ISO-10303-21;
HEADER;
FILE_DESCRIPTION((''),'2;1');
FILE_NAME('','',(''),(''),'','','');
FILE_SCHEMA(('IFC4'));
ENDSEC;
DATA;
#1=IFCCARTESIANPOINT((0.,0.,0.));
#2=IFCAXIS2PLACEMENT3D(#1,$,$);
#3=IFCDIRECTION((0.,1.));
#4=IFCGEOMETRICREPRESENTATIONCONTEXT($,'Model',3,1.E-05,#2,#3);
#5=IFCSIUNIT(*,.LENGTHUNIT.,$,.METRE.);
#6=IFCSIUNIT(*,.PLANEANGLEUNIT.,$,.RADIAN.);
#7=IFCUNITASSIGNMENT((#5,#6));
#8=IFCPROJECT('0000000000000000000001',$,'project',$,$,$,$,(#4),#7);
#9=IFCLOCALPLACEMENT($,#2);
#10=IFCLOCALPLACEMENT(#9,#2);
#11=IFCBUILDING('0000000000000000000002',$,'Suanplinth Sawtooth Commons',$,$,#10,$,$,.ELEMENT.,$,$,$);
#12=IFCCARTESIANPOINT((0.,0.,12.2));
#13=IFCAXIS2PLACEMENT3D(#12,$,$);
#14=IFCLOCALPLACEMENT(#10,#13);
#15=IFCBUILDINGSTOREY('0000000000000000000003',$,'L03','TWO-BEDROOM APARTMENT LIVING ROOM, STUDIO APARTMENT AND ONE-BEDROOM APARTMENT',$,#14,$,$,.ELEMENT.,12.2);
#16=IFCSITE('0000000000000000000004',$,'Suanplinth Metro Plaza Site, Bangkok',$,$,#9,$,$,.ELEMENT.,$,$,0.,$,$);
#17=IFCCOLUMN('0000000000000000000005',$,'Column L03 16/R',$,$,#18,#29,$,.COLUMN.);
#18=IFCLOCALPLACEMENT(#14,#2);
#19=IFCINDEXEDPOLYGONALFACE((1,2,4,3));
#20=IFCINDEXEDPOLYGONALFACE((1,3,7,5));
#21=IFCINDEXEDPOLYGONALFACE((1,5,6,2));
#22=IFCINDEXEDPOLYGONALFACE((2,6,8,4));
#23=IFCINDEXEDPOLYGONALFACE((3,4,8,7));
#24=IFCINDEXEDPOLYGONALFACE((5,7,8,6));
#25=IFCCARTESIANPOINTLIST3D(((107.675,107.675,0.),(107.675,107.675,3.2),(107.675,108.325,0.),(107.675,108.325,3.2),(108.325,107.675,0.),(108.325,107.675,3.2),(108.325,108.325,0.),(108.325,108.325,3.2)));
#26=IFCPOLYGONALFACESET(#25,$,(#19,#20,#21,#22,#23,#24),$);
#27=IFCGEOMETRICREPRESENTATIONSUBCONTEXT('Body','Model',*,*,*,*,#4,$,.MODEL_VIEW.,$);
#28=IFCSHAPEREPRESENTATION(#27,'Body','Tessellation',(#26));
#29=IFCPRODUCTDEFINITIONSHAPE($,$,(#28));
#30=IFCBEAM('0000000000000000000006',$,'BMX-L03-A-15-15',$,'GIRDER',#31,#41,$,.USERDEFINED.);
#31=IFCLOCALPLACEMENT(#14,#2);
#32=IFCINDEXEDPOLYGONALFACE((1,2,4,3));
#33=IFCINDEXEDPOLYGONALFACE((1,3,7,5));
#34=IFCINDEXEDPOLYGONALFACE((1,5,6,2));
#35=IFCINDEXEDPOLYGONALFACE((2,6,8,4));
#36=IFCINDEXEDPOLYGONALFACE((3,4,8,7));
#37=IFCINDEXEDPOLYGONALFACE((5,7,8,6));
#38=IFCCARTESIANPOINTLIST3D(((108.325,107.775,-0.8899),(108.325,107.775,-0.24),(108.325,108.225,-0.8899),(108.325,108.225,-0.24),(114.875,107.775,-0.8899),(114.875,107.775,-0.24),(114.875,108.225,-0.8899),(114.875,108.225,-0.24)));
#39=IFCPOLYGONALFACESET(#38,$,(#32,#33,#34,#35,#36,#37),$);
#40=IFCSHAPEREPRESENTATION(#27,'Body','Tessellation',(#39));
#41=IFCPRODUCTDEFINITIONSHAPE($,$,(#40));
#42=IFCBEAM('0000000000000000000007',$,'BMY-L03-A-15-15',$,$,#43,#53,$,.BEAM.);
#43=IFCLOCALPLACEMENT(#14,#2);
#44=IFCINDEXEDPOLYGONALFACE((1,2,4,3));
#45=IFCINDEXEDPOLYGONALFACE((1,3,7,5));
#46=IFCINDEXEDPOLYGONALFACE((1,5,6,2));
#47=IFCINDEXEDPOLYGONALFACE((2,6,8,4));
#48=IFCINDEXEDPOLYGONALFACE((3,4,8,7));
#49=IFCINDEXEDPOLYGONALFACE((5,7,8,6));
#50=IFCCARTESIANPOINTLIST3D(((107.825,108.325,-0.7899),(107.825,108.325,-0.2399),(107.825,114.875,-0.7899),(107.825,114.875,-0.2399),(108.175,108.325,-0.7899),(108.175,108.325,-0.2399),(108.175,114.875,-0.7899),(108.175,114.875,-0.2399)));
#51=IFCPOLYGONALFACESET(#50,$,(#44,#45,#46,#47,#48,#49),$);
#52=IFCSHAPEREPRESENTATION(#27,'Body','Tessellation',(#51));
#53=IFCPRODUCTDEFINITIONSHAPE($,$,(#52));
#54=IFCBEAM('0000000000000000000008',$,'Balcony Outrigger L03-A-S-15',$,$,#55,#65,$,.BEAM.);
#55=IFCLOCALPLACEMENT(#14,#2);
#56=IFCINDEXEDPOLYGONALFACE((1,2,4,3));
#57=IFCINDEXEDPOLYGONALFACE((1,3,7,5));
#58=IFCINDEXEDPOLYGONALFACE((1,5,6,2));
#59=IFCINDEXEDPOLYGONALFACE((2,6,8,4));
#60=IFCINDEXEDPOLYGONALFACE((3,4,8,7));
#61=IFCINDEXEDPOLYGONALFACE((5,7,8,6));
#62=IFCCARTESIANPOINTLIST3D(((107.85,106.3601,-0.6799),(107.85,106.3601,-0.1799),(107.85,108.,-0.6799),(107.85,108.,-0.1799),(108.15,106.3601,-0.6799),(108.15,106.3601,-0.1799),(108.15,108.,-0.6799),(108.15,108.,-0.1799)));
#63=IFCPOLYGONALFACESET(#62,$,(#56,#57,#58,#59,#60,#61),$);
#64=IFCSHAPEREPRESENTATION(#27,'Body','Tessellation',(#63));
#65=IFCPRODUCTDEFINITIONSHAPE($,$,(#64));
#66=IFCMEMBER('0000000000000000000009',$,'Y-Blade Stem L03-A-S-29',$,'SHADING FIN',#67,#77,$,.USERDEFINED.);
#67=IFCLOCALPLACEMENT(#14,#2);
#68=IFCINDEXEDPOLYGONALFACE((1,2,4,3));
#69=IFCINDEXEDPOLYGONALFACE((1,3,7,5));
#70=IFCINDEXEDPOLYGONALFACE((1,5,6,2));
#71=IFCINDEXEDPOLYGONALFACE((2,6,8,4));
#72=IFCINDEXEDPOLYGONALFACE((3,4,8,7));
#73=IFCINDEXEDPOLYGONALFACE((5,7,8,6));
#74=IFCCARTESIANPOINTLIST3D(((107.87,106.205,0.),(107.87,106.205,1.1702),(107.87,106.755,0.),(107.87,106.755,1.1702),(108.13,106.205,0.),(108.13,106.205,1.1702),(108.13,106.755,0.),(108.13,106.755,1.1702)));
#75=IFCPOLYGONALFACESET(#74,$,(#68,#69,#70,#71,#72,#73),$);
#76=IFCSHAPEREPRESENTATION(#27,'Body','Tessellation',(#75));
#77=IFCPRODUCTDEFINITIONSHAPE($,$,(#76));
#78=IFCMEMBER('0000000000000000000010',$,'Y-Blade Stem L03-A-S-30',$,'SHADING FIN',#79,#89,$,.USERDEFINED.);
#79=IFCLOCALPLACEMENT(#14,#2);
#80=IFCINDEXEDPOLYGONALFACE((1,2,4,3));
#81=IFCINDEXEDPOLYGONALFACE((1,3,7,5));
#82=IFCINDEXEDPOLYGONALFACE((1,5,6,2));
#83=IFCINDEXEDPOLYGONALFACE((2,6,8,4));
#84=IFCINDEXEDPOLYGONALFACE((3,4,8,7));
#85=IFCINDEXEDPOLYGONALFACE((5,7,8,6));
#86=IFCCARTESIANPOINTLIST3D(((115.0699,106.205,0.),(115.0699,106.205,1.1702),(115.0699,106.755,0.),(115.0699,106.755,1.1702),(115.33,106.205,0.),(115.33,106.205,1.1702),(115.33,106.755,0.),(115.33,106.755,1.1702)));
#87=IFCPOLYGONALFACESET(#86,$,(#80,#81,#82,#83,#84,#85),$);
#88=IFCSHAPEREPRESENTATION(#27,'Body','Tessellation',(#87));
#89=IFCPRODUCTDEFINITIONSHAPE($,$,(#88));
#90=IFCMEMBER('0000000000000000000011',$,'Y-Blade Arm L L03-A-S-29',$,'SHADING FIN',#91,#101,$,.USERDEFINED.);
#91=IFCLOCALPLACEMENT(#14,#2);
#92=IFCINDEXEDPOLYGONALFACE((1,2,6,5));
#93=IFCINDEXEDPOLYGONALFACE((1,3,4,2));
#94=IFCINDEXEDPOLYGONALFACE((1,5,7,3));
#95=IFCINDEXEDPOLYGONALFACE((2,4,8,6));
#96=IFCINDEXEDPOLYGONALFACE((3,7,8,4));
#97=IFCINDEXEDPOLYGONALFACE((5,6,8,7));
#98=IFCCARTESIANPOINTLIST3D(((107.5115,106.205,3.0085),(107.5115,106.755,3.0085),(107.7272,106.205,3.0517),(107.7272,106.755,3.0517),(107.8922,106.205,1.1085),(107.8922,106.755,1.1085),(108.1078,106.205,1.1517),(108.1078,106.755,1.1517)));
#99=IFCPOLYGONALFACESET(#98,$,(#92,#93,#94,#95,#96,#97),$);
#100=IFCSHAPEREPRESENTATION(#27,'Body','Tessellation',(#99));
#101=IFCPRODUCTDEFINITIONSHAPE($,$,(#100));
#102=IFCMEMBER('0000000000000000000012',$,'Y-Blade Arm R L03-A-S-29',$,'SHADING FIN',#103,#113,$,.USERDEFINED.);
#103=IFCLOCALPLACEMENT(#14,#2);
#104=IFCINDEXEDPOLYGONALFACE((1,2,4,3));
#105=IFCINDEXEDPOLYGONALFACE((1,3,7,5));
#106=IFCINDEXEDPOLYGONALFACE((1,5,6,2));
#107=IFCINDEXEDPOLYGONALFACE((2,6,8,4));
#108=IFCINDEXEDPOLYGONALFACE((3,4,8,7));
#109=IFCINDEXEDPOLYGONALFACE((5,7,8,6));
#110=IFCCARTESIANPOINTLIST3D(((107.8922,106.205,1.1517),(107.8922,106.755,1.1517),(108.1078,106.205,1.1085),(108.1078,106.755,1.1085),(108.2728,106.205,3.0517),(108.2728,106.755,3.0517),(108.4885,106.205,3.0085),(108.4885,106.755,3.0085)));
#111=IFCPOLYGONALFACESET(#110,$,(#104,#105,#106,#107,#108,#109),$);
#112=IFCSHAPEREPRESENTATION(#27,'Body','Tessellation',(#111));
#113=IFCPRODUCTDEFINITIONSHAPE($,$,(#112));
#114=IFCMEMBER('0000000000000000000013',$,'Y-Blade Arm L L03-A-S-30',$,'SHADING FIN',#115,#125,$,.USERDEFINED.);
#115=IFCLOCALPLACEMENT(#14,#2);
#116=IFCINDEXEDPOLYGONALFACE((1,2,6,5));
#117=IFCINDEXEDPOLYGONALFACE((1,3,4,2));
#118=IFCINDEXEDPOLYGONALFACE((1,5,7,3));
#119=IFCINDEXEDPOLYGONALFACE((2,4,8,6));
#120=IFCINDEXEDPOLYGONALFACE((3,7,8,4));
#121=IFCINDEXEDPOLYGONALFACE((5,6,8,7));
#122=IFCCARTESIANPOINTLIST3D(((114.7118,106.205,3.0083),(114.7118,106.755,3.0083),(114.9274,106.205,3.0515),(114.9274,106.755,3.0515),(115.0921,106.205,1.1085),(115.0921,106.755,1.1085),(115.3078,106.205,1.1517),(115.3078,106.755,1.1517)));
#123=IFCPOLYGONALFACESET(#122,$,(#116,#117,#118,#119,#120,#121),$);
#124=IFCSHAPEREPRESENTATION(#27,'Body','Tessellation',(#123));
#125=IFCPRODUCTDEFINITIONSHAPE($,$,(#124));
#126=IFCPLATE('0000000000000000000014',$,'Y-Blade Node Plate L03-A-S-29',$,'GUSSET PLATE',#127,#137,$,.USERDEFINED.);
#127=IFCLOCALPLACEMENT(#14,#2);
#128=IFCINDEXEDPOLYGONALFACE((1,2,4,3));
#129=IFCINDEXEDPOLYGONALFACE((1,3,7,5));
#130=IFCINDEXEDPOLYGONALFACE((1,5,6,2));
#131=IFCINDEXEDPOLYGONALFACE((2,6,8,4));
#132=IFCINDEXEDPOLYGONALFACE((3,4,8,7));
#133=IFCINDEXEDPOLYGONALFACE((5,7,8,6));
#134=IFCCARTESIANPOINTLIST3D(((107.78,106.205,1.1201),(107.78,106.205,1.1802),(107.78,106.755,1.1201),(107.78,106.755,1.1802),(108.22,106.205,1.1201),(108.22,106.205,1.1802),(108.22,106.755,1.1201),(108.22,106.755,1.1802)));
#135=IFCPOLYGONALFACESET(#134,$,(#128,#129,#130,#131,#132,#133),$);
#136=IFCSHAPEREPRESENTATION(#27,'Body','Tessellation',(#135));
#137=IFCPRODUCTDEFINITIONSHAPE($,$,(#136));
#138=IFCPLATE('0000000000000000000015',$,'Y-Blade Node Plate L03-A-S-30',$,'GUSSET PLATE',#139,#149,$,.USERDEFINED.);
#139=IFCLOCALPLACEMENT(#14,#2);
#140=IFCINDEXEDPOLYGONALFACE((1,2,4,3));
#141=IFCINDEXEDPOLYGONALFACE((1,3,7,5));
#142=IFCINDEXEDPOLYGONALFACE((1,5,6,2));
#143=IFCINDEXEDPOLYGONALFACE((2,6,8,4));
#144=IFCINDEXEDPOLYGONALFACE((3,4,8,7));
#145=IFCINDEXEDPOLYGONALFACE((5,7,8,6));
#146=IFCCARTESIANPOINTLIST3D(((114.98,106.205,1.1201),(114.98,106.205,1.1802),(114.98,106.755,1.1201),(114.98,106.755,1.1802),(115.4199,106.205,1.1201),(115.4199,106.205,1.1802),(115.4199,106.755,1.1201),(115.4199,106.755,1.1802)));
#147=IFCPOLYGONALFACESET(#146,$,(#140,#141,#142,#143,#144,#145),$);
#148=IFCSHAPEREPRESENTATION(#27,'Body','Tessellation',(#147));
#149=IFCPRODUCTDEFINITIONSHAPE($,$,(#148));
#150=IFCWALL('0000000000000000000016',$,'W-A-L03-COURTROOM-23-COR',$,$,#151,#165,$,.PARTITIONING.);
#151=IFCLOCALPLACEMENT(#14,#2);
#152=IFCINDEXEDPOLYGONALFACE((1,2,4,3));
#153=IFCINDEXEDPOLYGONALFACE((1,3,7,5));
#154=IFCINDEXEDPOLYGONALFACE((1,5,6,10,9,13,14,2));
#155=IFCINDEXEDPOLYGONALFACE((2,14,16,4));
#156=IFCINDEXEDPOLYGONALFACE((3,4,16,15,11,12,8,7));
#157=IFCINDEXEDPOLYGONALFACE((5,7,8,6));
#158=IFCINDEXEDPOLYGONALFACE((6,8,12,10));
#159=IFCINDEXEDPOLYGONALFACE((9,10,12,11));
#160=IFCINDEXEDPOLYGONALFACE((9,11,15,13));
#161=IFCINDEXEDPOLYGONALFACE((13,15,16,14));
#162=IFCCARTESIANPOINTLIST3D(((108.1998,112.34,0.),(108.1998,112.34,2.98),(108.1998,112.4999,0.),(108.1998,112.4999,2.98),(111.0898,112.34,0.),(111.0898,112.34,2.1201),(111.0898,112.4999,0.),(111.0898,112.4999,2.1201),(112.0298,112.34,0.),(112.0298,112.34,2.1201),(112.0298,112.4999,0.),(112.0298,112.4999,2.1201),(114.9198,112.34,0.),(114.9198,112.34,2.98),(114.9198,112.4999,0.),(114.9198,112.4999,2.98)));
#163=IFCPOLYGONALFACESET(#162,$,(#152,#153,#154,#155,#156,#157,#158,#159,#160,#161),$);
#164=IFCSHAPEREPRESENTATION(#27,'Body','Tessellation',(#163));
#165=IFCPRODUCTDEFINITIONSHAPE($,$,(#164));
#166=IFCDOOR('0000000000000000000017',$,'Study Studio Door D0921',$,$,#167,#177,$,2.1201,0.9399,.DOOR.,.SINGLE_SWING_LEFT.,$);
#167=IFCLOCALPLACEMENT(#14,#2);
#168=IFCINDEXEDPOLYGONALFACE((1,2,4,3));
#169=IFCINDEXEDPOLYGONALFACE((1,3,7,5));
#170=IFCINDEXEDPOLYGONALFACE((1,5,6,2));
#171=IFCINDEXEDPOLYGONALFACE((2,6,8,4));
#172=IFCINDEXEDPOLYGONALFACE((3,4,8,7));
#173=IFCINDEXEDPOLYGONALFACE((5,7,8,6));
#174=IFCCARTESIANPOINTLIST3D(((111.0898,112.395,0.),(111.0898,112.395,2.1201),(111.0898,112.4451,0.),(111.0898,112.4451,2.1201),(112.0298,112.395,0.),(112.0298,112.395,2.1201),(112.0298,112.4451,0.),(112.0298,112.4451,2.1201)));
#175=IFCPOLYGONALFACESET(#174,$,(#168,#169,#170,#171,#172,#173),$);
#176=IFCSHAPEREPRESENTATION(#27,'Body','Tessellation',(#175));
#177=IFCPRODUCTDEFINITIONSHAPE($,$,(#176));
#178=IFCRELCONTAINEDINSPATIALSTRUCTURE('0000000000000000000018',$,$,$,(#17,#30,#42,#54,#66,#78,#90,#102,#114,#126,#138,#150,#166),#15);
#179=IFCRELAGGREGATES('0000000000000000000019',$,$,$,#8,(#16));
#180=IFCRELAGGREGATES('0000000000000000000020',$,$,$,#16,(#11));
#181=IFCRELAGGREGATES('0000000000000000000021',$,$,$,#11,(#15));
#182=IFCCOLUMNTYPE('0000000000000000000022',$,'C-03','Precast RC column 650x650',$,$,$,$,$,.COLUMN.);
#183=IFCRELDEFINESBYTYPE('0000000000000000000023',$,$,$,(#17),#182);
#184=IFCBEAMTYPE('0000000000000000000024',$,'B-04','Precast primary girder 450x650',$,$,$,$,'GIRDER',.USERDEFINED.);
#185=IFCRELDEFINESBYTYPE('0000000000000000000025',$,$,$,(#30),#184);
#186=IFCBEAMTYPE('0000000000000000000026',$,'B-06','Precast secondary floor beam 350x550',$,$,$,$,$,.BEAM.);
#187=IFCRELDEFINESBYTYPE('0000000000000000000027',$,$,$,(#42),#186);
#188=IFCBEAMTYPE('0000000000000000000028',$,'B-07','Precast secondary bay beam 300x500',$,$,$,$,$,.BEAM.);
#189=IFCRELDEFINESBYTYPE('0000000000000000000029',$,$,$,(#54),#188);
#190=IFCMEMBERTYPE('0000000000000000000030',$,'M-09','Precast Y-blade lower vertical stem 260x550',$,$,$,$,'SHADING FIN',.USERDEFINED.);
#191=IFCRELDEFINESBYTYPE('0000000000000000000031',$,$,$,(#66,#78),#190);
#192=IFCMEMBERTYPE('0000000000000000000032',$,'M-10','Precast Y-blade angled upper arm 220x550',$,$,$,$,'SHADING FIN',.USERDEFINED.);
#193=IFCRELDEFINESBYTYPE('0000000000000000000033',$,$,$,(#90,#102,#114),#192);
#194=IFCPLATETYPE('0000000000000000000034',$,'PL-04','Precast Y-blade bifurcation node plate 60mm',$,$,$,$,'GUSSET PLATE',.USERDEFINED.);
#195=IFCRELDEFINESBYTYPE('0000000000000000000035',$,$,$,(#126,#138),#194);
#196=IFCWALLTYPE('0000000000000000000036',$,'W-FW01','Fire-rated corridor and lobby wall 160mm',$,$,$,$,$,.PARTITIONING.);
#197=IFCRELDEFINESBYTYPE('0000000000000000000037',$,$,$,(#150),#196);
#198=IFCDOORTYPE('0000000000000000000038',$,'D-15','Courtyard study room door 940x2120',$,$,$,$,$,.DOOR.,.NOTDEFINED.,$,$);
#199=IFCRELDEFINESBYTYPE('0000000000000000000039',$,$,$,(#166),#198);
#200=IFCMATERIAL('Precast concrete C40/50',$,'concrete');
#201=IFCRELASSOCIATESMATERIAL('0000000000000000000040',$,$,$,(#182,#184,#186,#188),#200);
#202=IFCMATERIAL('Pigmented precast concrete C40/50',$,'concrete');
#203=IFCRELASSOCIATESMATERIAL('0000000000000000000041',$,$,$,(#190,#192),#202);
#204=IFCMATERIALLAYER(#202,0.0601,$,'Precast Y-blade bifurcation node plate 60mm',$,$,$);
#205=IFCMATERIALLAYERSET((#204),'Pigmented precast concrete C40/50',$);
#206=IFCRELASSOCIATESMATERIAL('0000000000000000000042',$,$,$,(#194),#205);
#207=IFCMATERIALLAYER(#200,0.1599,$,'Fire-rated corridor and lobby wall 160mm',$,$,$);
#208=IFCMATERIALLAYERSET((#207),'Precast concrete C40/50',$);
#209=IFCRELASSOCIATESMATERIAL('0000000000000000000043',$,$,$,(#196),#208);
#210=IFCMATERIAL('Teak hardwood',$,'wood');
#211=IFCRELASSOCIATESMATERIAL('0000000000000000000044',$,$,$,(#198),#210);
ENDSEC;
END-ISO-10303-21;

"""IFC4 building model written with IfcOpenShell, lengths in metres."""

from ifc_helpers import new_model, si_unit, direction, frame, frame_2d, origin, origin_2d, place, context, subcontext, project, spatial, rectangle, extrude, material, layer, layer_set, material_profile, profile_set, type_object, element, fill, save


model = new_model("IFC4")

# Units and contexts
model_context = context("Model", 3, precision=1e-05, world=origin(), true_north=direction((0.0, 1.0)))
body_context = subcontext(model_context, "Body", "Model", "MODEL_VIEW")
ifc_project = project(units=[si_unit("LENGTHUNIT", "METRE"), si_unit("PLANEANGLEUNIT", "RADIAN")], contexts=[model_context])

# Site, building, storey
site_placement = place(None, origin())
site = spatial("IfcSite", under=ifc_project, at=site_placement, Name="Suanplinth Metro Plaza Site, Bangkok", CompositionType="ELEMENT", RefElevation=0.0)
building_placement = place(site_placement, origin())
building = spatial("IfcBuilding", under=site, at=building_placement, Name="Suanplinth Sawtooth Commons", CompositionType="ELEMENT")
storey_placement = place(building_placement, frame((0.0, 0.0, 12.2)))
storey = spatial("IfcBuildingStorey", under=building, at=storey_placement, Name="L03", Description="TWO-BEDROOM APARTMENT LIVING ROOM, STUDIO APARTMENT AND ONE-BEDROOM APARTMENT", CompositionType="ELEMENT", Elevation=12.2)

# Column
ifc_material_1 = material(Name="Precast concrete C40/50", Category="concrete")
ifc_material_profile_1 = material_profile(ifc_material_1, rectangle(XDim=0.6499, YDim=0.6499, at=origin_2d()), Name="PC-COL 650x650")
ifc_profile_set_1 = profile_set([ifc_material_profile_1], Name="Precast concrete C40/50")
column_type = type_object("IfcColumnType", Name="C-03", Description="Precast RC column 650x650", PredefinedType="COLUMN", material=ifc_profile_set_1)
column_placement = place(storey_placement, frame((108.0, 108.0, 0.0), z_axis=(0.0, 0.0, 1.0), x_axis=(1.0, 0.0, 0.0)))
element("IfcColumn", 1, at=column_placement, inside=storey, type_object=column_type, Name="Column L03 16/R", PredefinedType="COLUMN", context=body_context, shape_type="SweptSolid", body=[
    extrude(rectangle(XDim=0.6499, YDim=0.6499, at=origin_2d()), origin(), (0.0, 0.0, 1.0), 3.2),
])

# Beams
ifc_material_profile_2 = material_profile(ifc_material_1, rectangle(XDim=0.45, YDim=0.6499, at=origin_2d()), Name="PC-GDR 450x650")
ifc_profile_set_2 = profile_set([ifc_material_profile_2], Name="Precast concrete C40/50")
beam_type_1 = type_object("IfcBeamType", Name="B-04", Description="Precast primary girder 450x650", ElementType="GIRDER", PredefinedType="USERDEFINED", material=ifc_profile_set_2)
beam_1_placement = place(storey_placement, frame((108.325, 108.0, -0.5649), z_axis=(1.0, 0.0, 0.0), x_axis=(0.0, 1.0, 0.0)))
element("IfcBeam", 2, at=beam_1_placement, inside=storey, type_object=beam_type_1, Name="BMX-L03-A-15-15", ObjectType="GIRDER", PredefinedType="USERDEFINED", context=body_context, shape_type="SweptSolid", body=[
    extrude(rectangle(XDim=0.45, YDim=0.6499, at=origin_2d()), origin(), (0.0, 0.0, 1.0), 6.55),
])
ifc_material_profile_3 = material_profile(ifc_material_1, rectangle(XDim=0.3501, YDim=0.55, at=origin_2d()), Name="PC-BM 350x550")
ifc_profile_set_3 = profile_set([ifc_material_profile_3], Name="Precast concrete C40/50")
beam_type_2 = type_object("IfcBeamType", Name="B-06", Description="Precast secondary floor beam 350x550", PredefinedType="BEAM", material=ifc_profile_set_3)
beam_2_placement = place(storey_placement, frame((108.0, 108.325, -0.5149), z_axis=(0.0, 1.0, 0.0), x_axis=(-1.0, 0.0, 0.0)))
element("IfcBeam", 3, at=beam_2_placement, inside=storey, type_object=beam_type_2, Name="BMY-L03-A-15-15", PredefinedType="BEAM", context=body_context, shape_type="SweptSolid", body=[
    extrude(rectangle(XDim=0.3501, YDim=0.55, at=origin_2d()), origin(), (0.0, 0.0, 1.0), 6.55),
])
ifc_material_profile_4 = material_profile(ifc_material_1, rectangle(XDim=0.3, YDim=0.5, at=origin_2d()), Name="PC-BM 300x500")
ifc_profile_set_4 = profile_set([ifc_material_profile_4], Name="Precast concrete C40/50")
beam_type_3 = type_object("IfcBeamType", Name="B-07", Description="Precast secondary bay beam 300x500", PredefinedType="BEAM", material=ifc_profile_set_4)
beam_3_placement = place(storey_placement, frame((108.0, 108.0, -0.4299), z_axis=(0.0, -1.0, 0.0), x_axis=(1.0, 0.0, 0.0)))
element("IfcBeam", 4, at=beam_3_placement, inside=storey, type_object=beam_type_3, Name="Balcony Outrigger L03-A-S-15", PredefinedType="BEAM", context=body_context, shape_type="SweptSolid", body=[
    extrude(rectangle(XDim=0.3, YDim=0.5, at=origin_2d()), origin(), (0.0, 0.0, 1.0), 1.6399),
])

# Members
ifc_material_2 = material(Name="Pigmented precast concrete C40/50", Category="concrete")
ifc_material_profile_5 = material_profile(ifc_material_2, rectangle(XDim=0.26, YDim=0.55, at=origin_2d()), Name="PC-FIN 260x550")
ifc_profile_set_5 = profile_set([ifc_material_profile_5], Name="Pigmented precast concrete C40/50")
member_type_1 = type_object("IfcMemberType", Name="M-09", Description="Precast Y-blade lower vertical stem 260x550", ElementType="SHADING FIN", PredefinedType="USERDEFINED", material=ifc_profile_set_5)
for number, where, z_axis, x_axis, name in (
    (5, (108.0, 106.48, 0.0), (0.0, 0.0, 1.0), (1.0, 0.0, 0.0), "Y-Blade Stem L03-A-S-29"),
    (6, (115.2, 106.48, 0.0), (0.0, 0.0, 1.0), (1.0, 0.0, 0.0), "Y-Blade Stem L03-A-S-30"),
):
    element("IfcMember", number, at=place(storey_placement, frame(where, z_axis=z_axis, x_axis=x_axis)), inside=storey, type_object=member_type_1, Name=name, ObjectType="SHADING FIN", PredefinedType="USERDEFINED", context=body_context, shape_type="SweptSolid", body=[
        extrude(rectangle(XDim=0.26, YDim=0.55, at=origin_2d()), origin(), (0.0, 0.0, 1.0), 1.1702),
    ])
ifc_material_profile_6 = material_profile(ifc_material_2, rectangle(XDim=0.22, YDim=0.55, at=origin_2d()), Name="PC-FIN 220x550")
ifc_profile_set_6 = profile_set([ifc_material_profile_6], Name="Pigmented precast concrete C40/50")
member_type_2 = type_object("IfcMemberType", Name="M-10", Description="Precast Y-blade angled upper arm 220x550", ElementType="SHADING FIN", PredefinedType="USERDEFINED", material=ifc_profile_set_6)
for number, where, z_axis, x_axis, name in (
    (7, (108.0, 106.48, 1.1301), (-0.196431, 0.0, 0.980518), (0.980518, 0.0, 0.196431), "Y-Blade Arm L L03-A-S-29"),
    (8, (108.0, 106.48, 1.1301), (0.196431, 0.0, 0.980518), (-0.980518, 0.0, 0.196431), "Y-Blade Arm R L03-A-S-29"),
):
    element("IfcMember", number, at=place(storey_placement, frame(where, z_axis=z_axis, x_axis=x_axis)), inside=storey, type_object=member_type_2, Name=name, ObjectType="SHADING FIN", PredefinedType="USERDEFINED", context=body_context, shape_type="SweptSolid", body=[
        extrude(rectangle(XDim=0.22, YDim=0.55, at=origin_2d()), origin(), (0.0, 0.0, 1.0), 1.9377),
    ])
member_placement = place(storey_placement, frame((115.2, 106.48, 1.1301), z_axis=(-0.19631, 0.0, 0.980542), x_axis=(0.980542, 0.0, 0.19631)))
element("IfcMember", 9, at=member_placement, inside=storey, type_object=member_type_2, Name="Y-Blade Arm L L03-A-S-30", ObjectType="SHADING FIN", PredefinedType="USERDEFINED", context=body_context, shape_type="SweptSolid", body=[
    extrude(rectangle(XDim=0.22, YDim=0.55, at=origin_2d()), origin(), (0.0, 0.0, 1.0), 1.9375),
])

# Plates
ifc_layer_1 = layer(ifc_material_2, 0.0601, Name="Precast Y-blade bifurcation node plate 60mm")
ifc_layer_set_1 = layer_set([ifc_layer_1], Name="Pigmented precast concrete C40/50")
plate_type = type_object("IfcPlateType", Name="PL-04", Description="Precast Y-blade bifurcation node plate 60mm", ElementType="GUSSET PLATE", PredefinedType="USERDEFINED", material=ifc_layer_set_1)
for number, where, z_axis, x_axis, name in (
    (10, (108.0, 106.48, 1.1201), (0.0, 0.0, 1.0), (1.0, 0.0, 0.0), "Y-Blade Node Plate L03-A-S-29"),
    (11, (115.2, 106.48, 1.1201), (0.0, 0.0, 1.0), (1.0, 0.0, 0.0), "Y-Blade Node Plate L03-A-S-30"),
):
    element("IfcPlate", number, at=place(storey_placement, frame(where, z_axis=z_axis, x_axis=x_axis)), inside=storey, type_object=plate_type, Name=name, ObjectType="GUSSET PLATE", PredefinedType="USERDEFINED", context=body_context, shape_type="SweptSolid", body=[
        extrude(rectangle(XDim=0.4399, YDim=0.55, at=origin_2d()), origin(), (0.0, 0.0, 1.0), 0.0601),
    ])

# Wall, opening, door
ifc_layer_2 = layer(ifc_material_1, 0.1599, Name="Fire-rated corridor and lobby wall 160mm")
ifc_layer_set_2 = layer_set([ifc_layer_2], Name="Precast concrete C40/50")
wall_type_1 = type_object("IfcWallType", Name="W-FW01", Description="Fire-rated corridor and lobby wall 160mm", PredefinedType="PARTITIONING", material=ifc_layer_set_2)
wall_1_placement = place(storey_placement, frame((108.2, 112.4199, 0.0), z_axis=(0.0, 0.0, 1.0), x_axis=(1.0, 0.0, 0.0)))
wall_1 = element("IfcWall", 12, at=wall_1_placement, inside=storey, type_object=wall_type_1, Name="W-A-L03-COURTROOM-23-COR", PredefinedType="PARTITIONING", context=body_context, shape_type="SweptSolid", body=[
    extrude(rectangle(XDim=6.72, YDim=0.1599, at=frame_2d((3.3599, 0.0))), origin(), (0.0, 0.0, 1.0), 2.98),
])
opening_1_placement = place(wall_1_placement, frame((2.8899, 0.0, 0.0)))
opening_1 = element("IfcOpeningElement", 13, at=opening_1_placement, cuts=wall_1, PredefinedType="OPENING", context=body_context, shape_type="SweptSolid", body=[
    extrude(rectangle(XDim=0.9399, YDim=2.1201, at=frame_2d((0.47, 1.0601))), frame((0.0, 0.0947, 0.0), z_axis=(0.0, -1.0, 0.0), x_axis=(1.0, 0.0, 0.0)), (0.0, 0.0, 1.0), 0.1897),
])
ifc_material_3 = material(Name="Teak hardwood", Category="wood")
door_type_1 = type_object("IfcDoorType", Name="D-15", Description="Courtyard study room door 940x2120", OperationType="NOTDEFINED", PredefinedType="DOOR", material=ifc_material_3)
door_1_placement = place(opening_1_placement, frame((0.9399, 0.0, 0.0), z_axis=(0.0, 0.0, 1.0), x_axis=(-1.0, 0.0, 0.0)))
door_1 = element("IfcDoor", 14, at=door_1_placement, inside=storey, type_object=door_type_1, Name="Study Studio Door D0921", OperationType="SINGLE_SWING_LEFT", OverallHeight=2.1201, OverallWidth=0.9399, PredefinedType="DOOR", context=body_context, shape_type="SweptSolid", body=[
    extrude(rectangle(XDim=0.9399, YDim=2.1201, at=frame_2d((0.47, 1.0601))), frame((0.0, 0.0249, 0.0), z_axis=(0.0, -1.0, 0.0), x_axis=(1.0, 0.0, 0.0)), (0.0, 0.0, 1.0), 0.05),
])
fill(opening_1, door_1)

save(model, "model.ifc")
